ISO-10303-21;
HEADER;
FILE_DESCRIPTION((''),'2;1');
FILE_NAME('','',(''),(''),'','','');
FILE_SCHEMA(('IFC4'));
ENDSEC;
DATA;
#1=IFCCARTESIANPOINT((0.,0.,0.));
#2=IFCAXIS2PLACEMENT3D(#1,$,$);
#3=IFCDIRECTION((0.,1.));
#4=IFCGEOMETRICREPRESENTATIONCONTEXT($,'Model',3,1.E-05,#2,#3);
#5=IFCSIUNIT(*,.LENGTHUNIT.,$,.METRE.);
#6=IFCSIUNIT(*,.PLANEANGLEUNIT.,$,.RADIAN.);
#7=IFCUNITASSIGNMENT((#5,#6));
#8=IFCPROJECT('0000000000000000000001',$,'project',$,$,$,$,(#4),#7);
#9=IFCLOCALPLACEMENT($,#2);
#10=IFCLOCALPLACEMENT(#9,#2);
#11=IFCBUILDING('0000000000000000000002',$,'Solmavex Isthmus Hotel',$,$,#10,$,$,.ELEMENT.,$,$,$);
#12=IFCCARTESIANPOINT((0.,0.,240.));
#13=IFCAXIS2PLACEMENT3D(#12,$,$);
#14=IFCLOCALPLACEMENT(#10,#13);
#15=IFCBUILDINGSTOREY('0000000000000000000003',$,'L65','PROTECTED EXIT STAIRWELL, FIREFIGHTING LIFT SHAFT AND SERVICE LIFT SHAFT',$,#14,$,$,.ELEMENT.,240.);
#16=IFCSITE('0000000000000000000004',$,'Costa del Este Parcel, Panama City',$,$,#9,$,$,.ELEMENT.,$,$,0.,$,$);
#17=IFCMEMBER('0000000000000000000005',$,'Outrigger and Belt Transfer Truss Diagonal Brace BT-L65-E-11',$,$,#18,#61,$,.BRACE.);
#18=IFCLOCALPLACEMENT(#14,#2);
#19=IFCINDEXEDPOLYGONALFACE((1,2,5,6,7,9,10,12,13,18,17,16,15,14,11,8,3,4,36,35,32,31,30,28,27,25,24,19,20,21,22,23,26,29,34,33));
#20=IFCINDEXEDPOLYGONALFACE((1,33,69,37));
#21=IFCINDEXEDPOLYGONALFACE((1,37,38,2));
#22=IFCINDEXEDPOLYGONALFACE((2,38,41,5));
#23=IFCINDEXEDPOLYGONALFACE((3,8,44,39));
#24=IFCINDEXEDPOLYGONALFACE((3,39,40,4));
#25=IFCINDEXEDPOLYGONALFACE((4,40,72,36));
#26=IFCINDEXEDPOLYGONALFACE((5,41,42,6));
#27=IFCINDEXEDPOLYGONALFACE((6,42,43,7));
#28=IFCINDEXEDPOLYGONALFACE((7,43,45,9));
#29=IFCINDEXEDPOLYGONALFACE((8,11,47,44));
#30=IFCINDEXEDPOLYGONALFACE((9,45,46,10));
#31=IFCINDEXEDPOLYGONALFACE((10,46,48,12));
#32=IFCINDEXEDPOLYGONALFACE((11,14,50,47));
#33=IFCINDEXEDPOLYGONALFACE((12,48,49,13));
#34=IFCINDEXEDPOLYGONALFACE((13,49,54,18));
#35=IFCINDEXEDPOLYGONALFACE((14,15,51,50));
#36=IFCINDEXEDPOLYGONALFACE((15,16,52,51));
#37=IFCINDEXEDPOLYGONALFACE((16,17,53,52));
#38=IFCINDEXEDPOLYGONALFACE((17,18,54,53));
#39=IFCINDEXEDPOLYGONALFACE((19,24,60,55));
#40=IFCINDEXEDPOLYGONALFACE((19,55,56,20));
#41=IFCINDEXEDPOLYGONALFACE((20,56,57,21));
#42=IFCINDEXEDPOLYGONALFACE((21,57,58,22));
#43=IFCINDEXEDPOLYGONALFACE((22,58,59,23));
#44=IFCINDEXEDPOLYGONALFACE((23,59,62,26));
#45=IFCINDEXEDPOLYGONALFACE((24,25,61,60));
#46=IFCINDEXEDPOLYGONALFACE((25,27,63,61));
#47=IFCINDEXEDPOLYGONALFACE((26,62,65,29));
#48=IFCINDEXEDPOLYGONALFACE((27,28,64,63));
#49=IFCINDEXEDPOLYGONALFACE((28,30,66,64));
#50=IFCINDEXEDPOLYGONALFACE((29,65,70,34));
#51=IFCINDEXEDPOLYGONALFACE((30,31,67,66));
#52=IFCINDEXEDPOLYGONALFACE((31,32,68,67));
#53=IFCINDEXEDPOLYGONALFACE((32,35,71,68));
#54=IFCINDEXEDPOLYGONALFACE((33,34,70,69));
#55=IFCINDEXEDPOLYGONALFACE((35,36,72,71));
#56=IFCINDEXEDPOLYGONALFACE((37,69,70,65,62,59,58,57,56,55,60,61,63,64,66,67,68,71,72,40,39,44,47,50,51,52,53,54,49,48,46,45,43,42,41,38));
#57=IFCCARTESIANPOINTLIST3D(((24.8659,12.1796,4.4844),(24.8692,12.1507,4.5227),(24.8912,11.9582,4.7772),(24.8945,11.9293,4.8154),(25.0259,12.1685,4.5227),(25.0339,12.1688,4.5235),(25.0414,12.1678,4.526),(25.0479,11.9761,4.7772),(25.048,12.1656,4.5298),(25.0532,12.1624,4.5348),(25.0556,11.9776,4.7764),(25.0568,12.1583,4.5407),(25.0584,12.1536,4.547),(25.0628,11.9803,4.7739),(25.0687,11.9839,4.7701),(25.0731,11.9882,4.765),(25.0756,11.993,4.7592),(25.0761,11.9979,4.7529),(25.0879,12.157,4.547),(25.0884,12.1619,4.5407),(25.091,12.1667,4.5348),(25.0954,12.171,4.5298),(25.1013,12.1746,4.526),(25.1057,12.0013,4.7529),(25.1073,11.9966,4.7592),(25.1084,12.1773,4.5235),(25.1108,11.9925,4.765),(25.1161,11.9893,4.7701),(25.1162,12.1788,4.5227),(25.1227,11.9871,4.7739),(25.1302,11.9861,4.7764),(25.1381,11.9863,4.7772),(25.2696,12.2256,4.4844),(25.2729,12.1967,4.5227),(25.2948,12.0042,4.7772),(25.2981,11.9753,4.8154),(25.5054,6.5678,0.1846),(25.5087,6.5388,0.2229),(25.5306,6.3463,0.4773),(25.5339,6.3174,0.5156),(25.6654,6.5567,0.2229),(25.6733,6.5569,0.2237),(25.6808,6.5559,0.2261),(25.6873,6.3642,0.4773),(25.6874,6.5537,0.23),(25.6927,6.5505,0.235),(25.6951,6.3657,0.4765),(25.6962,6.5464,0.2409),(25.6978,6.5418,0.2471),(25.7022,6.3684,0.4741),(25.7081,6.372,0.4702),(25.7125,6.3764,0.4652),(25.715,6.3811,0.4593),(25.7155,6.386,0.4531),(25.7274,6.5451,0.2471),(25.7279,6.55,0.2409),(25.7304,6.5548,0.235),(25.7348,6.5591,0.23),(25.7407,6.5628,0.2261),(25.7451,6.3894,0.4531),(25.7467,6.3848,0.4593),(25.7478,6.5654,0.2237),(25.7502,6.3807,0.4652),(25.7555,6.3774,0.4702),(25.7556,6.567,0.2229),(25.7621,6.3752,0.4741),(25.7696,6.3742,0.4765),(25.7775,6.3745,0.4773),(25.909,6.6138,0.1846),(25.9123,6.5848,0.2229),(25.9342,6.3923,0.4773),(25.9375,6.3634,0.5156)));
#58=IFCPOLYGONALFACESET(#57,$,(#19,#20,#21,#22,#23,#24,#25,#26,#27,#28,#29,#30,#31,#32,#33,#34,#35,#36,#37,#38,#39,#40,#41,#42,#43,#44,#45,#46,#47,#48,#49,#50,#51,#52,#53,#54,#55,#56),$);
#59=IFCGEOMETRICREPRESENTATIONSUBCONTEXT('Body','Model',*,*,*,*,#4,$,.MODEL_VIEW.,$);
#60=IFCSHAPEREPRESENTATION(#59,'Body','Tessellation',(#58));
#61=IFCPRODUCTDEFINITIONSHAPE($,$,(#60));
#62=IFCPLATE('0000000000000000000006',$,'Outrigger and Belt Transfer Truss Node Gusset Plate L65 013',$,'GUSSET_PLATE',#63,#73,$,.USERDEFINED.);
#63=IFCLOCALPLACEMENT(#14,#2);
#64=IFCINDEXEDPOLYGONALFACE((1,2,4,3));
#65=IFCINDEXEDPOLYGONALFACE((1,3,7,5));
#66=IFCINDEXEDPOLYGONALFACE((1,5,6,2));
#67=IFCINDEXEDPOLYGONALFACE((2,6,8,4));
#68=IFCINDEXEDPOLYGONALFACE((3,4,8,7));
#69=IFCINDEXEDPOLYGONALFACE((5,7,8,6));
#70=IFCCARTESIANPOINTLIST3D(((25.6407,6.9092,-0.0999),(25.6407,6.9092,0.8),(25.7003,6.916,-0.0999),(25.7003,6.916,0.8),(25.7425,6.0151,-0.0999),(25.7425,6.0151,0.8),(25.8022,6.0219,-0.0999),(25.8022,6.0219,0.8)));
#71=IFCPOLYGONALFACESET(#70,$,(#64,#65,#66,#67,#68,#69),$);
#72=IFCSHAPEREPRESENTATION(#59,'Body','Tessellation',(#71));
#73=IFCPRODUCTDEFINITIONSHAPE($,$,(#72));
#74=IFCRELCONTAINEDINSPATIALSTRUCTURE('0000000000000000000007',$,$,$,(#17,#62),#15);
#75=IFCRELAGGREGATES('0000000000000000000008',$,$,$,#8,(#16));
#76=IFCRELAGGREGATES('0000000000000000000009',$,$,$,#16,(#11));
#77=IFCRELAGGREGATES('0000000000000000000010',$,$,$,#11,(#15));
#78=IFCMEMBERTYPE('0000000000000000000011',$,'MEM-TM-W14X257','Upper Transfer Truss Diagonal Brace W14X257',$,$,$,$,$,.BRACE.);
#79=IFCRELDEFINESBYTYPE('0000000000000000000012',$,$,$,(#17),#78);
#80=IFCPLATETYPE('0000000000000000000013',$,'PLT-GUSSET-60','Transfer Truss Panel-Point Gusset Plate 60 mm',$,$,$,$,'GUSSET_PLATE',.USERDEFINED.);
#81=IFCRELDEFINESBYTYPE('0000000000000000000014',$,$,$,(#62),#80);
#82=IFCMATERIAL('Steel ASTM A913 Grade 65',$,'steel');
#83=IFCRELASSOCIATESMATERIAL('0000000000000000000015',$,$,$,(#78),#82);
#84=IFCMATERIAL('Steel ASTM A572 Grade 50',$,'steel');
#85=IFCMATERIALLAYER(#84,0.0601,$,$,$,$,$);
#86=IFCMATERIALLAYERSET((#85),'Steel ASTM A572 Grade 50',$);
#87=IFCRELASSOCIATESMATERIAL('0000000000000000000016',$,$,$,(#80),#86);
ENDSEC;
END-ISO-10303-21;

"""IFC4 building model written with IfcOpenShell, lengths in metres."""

from ifc_helpers import new_model, si_unit, direction, frame, origin, origin_2d, place, context, subcontext, project, spatial, rectangle, i_section, extrude, material, layer, layer_set, material_profile, profile_set, type_object, element, save


model = new_model("IFC4")

# Units and contexts
model_context = context("Model", 3, precision=1e-05, world=origin(), true_north=direction((0.0, 1.0)))
body_context = subcontext(model_context, "Body", "Model", "MODEL_VIEW")
ifc_project = project(units=[si_unit("LENGTHUNIT", "METRE"), si_unit("PLANEANGLEUNIT", "RADIAN")], contexts=[model_context])

# Site, building, storey
site_placement = place(None, origin())
site = spatial("IfcSite", under=ifc_project, at=site_placement, Name="Costa del Este Parcel, Panama City", CompositionType="ELEMENT", RefElevation=0.0)
building_placement = place(site_placement, origin())
building = spatial("IfcBuilding", under=site, at=building_placement, Name="Solmavex Isthmus Hotel", CompositionType="ELEMENT")
storey_placement = place(building_placement, frame((0.0, 0.0, 240.0)))
storey = spatial("IfcBuildingStorey", under=building, at=storey_placement, Name="L65", Description="PROTECTED EXIT STAIRWELL, FIREFIGHTING LIFT SHAFT AND SERVICE LIFT SHAFT", CompositionType="ELEMENT", Elevation=240.0)

# Shared definitions
ifc_material_1 = material(Name="Steel ASTM A913 Grade 65", Category="steel")

# Member
ifc_material_profile_1 = material_profile(ifc_material_1, i_section(OverallWidth=0.4062, OverallDepth=0.416, WebThickness=0.0298, FlangeThickness=0.0481, FilletRadius=0.0305, at=origin_2d()), Name="W14X257")
ifc_profile_set_1 = profile_set([ifc_material_profile_1], Name="Steel ASTM A913 Grade 65")
member_type_1 = type_object("IfcMemberType", Name="MEM-TM-W14X257", Description="Upper Transfer Truss Diagonal Brace W14X257", PredefinedType="BRACE", material=ifc_profile_set_1)
member_1_placement = place(storey_placement, frame((25.7214, 6.4656, 0.3501), z_axis=(-0.090075, 0.790556, 0.605729), x_axis=(-0.993571, -0.113206, 0.0)))
element("IfcMember", 1, at=member_1_placement, inside=storey, type_object=member_type_1, Name="Outrigger and Belt Transfer Truss Diagonal Brace BT-L65-E-11", PredefinedType="BRACE", context=body_context, shape_type="SweptSolid", body=[
    extrude(i_section(OverallWidth=0.4062, OverallDepth=0.416, WebThickness=0.0298, FlangeThickness=0.0481, FilletRadius=0.0305, at=origin_2d()), origin(), (0.0, 0.0, 1.0), 7.0986),
])

# Plate
ifc_material_2 = material(Name="Steel ASTM A572 Grade 50", Category="steel")
ifc_layer = layer(ifc_material_2, 0.0601)
ifc_layer_set = layer_set([ifc_layer], Name="Steel ASTM A572 Grade 50")
plate_type = type_object("IfcPlateType", Name="PLT-GUSSET-60", Description="Transfer Truss Panel-Point Gusset Plate 60 mm", ElementType="GUSSET_PLATE", PredefinedType="USERDEFINED", material=ifc_layer_set)
plate_placement = place(storey_placement, frame((25.7214, 6.4656, -0.0999), z_axis=(0.0, 0.0, 1.0), x_axis=(-0.113203, 0.993572, 0.0)))
element("IfcPlate", 2, at=plate_placement, inside=storey, type_object=plate_type, Name="Outrigger and Belt Transfer Truss Node Gusset Plate L65 013", ObjectType="GUSSET_PLATE", PredefinedType="USERDEFINED", context=body_context, shape_type="SweptSolid", body=[
    extrude(rectangle(XDim=0.8999, YDim=0.0601, at=origin_2d()), origin(), (0.0, 0.0, 1.0), 0.8999),
])

save(model, "model.ifc")
